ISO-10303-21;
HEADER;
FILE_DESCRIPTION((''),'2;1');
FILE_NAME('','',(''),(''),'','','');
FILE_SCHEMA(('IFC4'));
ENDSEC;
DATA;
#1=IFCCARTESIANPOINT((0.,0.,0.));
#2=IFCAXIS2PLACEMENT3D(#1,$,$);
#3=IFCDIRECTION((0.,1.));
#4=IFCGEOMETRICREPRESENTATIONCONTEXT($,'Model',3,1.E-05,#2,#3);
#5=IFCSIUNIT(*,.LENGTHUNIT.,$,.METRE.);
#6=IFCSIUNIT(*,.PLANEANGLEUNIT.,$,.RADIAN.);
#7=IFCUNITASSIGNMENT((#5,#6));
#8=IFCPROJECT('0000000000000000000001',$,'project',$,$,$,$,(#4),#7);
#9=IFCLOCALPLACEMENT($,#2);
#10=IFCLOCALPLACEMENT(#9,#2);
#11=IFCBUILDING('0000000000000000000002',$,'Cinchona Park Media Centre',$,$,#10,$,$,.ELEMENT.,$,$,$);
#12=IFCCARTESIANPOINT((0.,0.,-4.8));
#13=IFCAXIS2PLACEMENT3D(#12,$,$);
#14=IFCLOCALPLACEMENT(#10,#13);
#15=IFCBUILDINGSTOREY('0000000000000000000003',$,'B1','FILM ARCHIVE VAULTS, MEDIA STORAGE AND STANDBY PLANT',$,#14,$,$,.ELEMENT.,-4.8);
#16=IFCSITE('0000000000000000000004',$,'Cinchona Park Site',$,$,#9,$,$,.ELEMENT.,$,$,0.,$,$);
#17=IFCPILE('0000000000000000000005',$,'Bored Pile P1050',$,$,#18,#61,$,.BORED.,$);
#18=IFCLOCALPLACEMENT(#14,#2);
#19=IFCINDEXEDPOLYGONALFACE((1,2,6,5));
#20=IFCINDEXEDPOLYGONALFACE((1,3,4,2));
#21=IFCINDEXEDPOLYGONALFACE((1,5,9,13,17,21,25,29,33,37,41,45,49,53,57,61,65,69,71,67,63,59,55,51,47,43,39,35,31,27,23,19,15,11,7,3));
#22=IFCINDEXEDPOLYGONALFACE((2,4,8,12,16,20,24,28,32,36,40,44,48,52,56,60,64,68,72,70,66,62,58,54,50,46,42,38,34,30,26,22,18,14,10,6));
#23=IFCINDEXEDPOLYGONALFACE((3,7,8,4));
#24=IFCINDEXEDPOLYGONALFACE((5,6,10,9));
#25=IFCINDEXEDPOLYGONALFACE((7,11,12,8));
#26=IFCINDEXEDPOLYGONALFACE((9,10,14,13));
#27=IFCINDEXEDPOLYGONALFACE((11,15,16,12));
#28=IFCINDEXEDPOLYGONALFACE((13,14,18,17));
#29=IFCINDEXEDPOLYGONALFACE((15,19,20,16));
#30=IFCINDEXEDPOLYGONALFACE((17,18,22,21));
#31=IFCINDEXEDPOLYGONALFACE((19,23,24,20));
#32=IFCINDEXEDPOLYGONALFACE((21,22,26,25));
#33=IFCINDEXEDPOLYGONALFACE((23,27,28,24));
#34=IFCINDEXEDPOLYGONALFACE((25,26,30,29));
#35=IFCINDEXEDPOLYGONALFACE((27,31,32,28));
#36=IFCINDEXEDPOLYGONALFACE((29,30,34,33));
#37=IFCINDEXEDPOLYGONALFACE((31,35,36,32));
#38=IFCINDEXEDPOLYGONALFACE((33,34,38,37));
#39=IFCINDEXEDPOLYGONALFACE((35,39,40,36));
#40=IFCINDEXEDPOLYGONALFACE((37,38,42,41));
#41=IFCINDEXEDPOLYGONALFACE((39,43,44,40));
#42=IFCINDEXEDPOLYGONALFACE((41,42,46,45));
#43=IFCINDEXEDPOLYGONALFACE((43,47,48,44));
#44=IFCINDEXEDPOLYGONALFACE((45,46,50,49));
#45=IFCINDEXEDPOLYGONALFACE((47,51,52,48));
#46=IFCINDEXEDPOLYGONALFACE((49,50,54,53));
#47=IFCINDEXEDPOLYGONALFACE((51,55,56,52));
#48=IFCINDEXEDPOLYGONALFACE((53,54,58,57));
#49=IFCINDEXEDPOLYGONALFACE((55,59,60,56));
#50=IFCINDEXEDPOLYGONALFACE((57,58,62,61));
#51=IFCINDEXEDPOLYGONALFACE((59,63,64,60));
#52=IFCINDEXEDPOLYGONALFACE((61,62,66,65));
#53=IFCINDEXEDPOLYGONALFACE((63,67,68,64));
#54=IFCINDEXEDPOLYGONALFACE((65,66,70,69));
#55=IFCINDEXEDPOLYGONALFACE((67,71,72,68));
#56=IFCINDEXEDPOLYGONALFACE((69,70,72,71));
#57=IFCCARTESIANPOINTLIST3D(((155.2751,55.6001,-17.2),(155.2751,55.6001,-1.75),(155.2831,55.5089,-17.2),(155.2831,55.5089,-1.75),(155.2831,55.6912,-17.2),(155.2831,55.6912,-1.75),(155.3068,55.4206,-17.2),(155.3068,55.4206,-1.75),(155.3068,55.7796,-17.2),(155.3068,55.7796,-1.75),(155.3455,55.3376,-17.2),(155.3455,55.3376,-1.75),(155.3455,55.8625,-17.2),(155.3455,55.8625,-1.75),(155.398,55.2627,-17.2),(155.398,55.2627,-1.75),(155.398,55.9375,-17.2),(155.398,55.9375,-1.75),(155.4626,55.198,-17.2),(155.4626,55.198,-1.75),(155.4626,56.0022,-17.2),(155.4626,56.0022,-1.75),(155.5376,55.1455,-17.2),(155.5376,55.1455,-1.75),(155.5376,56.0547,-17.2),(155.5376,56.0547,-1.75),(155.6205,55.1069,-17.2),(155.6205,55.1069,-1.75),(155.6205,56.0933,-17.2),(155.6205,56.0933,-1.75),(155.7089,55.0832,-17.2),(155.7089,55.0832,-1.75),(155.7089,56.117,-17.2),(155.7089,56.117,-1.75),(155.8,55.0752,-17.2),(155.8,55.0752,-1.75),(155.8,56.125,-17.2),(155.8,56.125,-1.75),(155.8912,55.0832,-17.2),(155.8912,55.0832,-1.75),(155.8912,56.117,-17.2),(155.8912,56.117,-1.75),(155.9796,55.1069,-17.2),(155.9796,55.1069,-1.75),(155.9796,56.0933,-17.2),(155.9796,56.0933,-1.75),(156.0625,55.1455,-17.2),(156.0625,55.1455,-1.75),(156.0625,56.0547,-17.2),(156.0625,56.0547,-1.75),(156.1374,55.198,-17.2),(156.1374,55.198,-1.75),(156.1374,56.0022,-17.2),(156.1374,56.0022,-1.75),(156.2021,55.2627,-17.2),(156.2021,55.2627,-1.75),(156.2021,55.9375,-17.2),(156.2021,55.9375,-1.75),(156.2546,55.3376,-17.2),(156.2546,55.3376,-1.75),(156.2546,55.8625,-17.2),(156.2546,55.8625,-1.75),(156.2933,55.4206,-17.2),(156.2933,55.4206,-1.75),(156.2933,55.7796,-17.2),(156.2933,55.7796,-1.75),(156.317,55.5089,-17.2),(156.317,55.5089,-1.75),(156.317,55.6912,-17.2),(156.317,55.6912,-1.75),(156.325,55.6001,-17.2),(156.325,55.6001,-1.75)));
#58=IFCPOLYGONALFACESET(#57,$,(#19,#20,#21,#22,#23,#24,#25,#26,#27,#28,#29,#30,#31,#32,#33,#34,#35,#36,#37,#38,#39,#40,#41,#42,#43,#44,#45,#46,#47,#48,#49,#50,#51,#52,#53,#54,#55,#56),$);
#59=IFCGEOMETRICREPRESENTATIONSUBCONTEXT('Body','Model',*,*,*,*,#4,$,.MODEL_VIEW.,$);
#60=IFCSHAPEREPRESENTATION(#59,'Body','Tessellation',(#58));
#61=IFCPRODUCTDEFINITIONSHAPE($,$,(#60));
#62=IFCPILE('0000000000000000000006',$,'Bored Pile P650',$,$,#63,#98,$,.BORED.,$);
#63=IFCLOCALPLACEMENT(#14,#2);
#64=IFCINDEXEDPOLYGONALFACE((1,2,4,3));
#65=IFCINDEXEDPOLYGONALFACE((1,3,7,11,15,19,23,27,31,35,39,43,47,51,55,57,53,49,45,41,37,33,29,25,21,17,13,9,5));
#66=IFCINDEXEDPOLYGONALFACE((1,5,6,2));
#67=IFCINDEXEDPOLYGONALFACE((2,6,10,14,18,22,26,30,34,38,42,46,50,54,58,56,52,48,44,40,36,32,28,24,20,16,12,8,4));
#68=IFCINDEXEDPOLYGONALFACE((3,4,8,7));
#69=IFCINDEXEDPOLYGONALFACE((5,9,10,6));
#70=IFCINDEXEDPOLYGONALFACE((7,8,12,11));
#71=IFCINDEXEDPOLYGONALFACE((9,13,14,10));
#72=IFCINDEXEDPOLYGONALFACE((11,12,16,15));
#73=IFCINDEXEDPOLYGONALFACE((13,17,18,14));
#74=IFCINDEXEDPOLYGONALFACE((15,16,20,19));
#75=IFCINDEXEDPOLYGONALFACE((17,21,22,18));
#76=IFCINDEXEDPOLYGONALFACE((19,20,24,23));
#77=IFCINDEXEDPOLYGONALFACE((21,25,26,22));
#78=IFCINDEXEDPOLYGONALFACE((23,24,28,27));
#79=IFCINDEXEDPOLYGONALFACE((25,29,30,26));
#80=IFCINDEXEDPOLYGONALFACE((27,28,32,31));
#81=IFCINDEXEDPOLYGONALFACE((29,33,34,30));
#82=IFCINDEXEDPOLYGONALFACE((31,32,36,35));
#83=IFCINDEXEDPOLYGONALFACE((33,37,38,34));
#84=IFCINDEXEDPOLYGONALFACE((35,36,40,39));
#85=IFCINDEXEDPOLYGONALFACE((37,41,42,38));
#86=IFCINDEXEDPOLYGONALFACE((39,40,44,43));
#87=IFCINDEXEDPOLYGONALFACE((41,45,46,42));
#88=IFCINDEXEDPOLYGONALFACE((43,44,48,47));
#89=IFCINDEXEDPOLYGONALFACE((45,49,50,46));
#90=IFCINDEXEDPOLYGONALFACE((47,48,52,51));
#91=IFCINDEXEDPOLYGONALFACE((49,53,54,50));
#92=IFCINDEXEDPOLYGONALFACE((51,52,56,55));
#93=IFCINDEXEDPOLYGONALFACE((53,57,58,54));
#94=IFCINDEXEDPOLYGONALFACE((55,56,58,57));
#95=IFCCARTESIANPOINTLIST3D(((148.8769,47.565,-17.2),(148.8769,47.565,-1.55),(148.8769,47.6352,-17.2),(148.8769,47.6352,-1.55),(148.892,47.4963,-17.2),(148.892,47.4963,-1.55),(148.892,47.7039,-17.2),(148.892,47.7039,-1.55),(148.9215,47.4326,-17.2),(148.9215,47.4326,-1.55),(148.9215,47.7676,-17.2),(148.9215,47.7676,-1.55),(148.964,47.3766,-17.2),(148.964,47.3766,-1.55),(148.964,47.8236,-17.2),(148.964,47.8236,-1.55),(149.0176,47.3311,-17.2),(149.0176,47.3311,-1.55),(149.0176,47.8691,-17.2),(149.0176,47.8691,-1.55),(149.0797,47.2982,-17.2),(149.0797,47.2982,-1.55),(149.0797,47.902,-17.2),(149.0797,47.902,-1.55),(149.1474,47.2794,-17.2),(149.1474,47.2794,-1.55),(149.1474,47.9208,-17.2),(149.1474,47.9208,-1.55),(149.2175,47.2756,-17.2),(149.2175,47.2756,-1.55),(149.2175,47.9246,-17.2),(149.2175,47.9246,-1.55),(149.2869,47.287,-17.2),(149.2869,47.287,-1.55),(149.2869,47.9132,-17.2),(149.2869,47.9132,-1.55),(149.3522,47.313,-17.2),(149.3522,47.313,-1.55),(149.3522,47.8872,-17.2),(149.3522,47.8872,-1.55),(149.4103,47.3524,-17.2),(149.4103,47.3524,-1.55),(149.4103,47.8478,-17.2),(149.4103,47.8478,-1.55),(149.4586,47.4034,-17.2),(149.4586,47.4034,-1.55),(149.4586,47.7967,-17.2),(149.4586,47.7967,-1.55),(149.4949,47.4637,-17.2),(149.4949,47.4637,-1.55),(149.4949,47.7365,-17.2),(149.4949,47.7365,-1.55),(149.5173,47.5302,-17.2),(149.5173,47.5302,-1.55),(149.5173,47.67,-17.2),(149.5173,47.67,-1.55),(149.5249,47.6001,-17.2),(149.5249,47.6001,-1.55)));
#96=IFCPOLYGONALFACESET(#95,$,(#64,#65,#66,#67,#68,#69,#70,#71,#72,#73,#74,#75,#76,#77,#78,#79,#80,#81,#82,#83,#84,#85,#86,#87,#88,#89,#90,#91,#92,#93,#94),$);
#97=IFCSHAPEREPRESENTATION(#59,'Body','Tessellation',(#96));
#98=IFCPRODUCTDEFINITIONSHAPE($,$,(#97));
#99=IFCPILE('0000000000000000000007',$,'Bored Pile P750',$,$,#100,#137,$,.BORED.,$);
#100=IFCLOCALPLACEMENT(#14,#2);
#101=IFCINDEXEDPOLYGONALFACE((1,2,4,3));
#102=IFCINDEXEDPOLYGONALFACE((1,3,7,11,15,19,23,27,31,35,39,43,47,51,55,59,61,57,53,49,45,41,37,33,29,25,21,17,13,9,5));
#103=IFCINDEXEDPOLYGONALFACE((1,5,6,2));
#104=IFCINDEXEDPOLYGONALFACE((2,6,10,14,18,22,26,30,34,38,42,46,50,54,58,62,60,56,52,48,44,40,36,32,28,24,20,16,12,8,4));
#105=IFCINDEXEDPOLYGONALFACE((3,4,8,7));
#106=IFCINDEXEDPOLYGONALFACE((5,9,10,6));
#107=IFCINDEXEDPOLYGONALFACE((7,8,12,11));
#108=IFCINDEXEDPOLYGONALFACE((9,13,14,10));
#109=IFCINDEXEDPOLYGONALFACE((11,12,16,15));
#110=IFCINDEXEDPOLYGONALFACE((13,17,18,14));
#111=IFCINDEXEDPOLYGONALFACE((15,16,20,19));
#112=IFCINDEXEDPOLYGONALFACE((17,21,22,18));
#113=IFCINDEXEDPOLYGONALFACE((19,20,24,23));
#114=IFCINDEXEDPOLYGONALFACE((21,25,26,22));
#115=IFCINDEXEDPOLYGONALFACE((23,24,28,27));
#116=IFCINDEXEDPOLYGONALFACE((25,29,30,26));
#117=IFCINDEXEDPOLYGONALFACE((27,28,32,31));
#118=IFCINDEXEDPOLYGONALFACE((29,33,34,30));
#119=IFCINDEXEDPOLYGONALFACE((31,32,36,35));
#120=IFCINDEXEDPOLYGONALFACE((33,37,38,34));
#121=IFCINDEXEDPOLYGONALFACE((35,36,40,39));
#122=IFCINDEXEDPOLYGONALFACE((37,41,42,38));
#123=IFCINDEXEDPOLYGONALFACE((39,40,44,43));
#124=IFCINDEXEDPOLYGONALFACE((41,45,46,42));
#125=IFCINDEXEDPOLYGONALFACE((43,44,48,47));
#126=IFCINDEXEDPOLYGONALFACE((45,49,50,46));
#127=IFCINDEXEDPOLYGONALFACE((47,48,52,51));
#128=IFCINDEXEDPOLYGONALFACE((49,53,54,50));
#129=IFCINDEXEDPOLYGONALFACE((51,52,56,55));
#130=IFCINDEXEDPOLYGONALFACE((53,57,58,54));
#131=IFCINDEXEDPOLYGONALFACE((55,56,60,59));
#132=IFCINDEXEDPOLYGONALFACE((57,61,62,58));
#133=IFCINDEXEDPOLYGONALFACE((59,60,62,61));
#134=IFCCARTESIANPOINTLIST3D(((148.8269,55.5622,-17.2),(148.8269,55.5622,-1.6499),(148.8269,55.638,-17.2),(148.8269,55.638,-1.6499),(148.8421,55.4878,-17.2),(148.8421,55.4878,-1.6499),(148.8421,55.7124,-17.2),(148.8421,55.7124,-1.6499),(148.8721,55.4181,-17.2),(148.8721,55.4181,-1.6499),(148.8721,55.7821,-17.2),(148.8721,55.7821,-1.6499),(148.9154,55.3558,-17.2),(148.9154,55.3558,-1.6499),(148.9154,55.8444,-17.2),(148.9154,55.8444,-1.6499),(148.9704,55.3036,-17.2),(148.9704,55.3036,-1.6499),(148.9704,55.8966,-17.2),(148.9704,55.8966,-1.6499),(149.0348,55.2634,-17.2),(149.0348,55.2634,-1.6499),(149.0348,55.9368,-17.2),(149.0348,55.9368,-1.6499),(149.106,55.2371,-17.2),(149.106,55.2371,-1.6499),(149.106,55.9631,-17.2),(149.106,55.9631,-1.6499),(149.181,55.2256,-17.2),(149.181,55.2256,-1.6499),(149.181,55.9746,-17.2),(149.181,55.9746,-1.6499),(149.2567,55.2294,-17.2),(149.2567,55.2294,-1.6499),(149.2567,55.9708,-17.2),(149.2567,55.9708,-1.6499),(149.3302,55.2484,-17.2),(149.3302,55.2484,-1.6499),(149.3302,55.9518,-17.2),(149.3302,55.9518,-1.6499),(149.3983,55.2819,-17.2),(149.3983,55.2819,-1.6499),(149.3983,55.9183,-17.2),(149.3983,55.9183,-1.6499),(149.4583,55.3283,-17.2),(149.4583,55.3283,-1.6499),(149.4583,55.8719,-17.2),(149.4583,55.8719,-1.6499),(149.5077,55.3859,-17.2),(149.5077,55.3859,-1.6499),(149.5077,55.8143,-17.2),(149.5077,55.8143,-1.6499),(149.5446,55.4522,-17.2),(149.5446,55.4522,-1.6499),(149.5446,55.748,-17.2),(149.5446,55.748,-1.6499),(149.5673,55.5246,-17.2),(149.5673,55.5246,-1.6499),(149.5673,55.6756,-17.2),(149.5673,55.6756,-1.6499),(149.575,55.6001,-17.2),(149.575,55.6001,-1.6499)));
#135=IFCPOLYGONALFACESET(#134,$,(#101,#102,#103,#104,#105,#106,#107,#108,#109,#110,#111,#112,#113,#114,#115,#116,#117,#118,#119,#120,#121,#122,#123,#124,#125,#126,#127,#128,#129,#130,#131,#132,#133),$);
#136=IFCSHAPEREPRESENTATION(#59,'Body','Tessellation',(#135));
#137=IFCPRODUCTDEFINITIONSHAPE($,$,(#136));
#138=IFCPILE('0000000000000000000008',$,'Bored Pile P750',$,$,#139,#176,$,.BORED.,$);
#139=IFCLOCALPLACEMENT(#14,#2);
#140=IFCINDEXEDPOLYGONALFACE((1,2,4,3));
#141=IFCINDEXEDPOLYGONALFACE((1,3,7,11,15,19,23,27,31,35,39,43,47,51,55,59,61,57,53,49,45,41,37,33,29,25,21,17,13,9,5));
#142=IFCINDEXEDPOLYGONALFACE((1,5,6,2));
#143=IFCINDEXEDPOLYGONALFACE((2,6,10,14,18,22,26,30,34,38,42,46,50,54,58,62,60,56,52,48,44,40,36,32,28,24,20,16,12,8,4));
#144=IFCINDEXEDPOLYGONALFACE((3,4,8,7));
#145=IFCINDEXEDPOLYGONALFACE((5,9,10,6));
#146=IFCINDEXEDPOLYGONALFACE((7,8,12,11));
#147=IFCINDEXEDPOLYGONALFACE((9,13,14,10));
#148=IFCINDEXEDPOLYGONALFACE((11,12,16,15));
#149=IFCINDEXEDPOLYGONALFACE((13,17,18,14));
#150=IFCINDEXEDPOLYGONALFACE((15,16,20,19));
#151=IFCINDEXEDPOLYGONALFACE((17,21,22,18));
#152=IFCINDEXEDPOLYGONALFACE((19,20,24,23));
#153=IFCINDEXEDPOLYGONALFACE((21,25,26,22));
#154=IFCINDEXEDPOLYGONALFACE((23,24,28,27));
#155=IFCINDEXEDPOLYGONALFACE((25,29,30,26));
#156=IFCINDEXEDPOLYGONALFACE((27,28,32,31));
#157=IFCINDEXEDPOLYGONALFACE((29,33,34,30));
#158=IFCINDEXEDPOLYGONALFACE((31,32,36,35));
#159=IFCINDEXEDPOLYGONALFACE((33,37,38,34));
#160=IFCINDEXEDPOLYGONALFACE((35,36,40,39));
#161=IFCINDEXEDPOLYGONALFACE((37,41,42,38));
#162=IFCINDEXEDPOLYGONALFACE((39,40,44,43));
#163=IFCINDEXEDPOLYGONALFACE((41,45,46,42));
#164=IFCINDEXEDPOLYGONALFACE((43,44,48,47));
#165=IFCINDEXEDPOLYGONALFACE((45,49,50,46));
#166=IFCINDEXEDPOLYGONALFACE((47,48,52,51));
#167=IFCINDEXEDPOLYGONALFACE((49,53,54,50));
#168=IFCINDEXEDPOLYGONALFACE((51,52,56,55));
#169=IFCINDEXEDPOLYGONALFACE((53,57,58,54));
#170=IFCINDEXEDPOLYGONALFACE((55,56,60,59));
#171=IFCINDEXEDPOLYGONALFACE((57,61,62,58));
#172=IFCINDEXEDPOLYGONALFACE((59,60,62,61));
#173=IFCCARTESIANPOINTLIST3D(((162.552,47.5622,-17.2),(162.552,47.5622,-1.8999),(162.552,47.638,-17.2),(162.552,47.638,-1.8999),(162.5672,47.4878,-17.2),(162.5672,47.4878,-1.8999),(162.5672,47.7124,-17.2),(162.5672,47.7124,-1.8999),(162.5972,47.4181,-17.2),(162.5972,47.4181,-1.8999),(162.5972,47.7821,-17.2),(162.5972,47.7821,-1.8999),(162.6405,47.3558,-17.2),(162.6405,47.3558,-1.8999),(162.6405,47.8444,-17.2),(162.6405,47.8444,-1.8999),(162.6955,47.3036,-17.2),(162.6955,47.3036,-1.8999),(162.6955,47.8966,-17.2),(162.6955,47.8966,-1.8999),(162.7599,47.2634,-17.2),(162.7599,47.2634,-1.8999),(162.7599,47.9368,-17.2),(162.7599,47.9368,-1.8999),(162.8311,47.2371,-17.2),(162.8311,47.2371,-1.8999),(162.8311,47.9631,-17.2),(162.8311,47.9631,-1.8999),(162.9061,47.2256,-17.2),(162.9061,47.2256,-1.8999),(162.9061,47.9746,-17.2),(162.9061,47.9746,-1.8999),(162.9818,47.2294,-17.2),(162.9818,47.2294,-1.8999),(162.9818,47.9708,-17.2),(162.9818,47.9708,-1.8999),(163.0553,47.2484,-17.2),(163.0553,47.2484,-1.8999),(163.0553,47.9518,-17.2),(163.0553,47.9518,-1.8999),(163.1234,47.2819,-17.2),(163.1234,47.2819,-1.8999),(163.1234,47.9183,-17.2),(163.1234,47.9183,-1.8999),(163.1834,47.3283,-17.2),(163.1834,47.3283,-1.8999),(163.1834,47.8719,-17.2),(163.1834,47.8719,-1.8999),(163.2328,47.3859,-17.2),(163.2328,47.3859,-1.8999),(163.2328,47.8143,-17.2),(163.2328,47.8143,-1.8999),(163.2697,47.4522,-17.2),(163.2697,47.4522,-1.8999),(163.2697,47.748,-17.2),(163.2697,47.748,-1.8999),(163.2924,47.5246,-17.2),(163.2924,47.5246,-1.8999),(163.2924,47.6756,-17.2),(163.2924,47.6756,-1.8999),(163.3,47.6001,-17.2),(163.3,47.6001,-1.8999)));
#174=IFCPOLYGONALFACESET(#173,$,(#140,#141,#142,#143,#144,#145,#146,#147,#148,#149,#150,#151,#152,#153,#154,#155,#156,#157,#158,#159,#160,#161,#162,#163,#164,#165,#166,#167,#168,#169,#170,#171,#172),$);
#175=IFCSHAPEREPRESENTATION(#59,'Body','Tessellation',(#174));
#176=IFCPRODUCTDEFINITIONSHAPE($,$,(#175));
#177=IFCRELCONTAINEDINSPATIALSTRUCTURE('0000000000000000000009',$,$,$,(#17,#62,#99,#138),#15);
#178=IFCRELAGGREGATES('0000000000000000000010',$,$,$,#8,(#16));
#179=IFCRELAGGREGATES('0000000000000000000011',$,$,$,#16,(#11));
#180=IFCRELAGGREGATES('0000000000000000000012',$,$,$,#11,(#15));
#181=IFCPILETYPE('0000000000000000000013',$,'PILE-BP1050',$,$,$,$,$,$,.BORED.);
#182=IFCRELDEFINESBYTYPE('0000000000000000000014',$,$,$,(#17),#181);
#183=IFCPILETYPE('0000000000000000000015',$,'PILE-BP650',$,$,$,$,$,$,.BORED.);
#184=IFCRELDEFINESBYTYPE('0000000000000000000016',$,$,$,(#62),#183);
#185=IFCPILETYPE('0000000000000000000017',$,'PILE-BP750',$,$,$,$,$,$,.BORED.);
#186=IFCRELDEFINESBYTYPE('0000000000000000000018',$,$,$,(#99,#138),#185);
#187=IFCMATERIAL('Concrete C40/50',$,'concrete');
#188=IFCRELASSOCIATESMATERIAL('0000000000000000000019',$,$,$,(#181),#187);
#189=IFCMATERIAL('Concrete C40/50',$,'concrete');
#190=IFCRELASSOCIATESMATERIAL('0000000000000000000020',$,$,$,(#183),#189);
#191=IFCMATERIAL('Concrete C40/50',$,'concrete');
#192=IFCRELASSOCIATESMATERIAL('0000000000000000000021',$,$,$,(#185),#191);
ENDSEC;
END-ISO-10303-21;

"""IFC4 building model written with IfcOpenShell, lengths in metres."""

from ifc_helpers import new_model, si_unit, direction, frame, origin, origin_2d, place, context, subcontext, project, spatial, circle, extrude, material, material_profile, profile_set, type_object, element, save


model = new_model("IFC4")

# Units and contexts
model_context = context("Model", 3, precision=1e-05, world=origin(), true_north=direction((0.0, 1.0)))
body_context = subcontext(model_context, "Body", "Model", "MODEL_VIEW")
ifc_project = project(units=[si_unit("LENGTHUNIT", "METRE"), si_unit("PLANEANGLEUNIT", "RADIAN")], contexts=[model_context])

# Site, building, storey
site_placement = place(None, origin())
site = spatial("IfcSite", under=ifc_project, at=site_placement, Name="Cinchona Park Site", CompositionType="ELEMENT", RefElevation=0.0)
building_placement = place(site_placement, origin())
building = spatial("IfcBuilding", under=site, at=building_placement, Name="Cinchona Park Media Centre", CompositionType="ELEMENT")
storey_placement = place(building_placement, frame((0.0, 0.0, -4.8)))
storey = spatial("IfcBuildingStorey", under=building, at=storey_placement, Name="B1", Description="FILM ARCHIVE VAULTS, MEDIA STORAGE AND STANDBY PLANT", CompositionType="ELEMENT", Elevation=-4.8)

# Piles
ifc_material_1 = material(Name="Concrete C40/50", Category="concrete")
ifc_material_profile_1 = material_profile(ifc_material_1, circle(Radius=0.5249, at=origin_2d()), Name="BORED PILE 1050")
ifc_profile_set_1 = profile_set([ifc_material_profile_1], Name="Concrete C40/50")
pile_type_1 = type_object("IfcPileType", Name="PILE-BP1050", PredefinedType="BORED", material=ifc_profile_set_1)
pile_1_placement = place(storey_placement, frame((155.8, 55.6001, -1.75), z_axis=(0.0, 0.0, -1.0), x_axis=(1.0, 0.0, 0.0)))
element("IfcPile", 1, at=pile_1_placement, inside=storey, type_object=pile_type_1, Name="Bored Pile P1050", PredefinedType="BORED", context=body_context, shape_type="SweptSolid", body=[
    extrude(circle(Radius=0.5249, at=origin_2d()), origin(), (0.0, 0.0, 1.0), 15.45),
])
ifc_material_2 = material(Name="Concrete C40/50", Category="concrete")
ifc_material_profile_2 = material_profile(ifc_material_2, circle(Radius=0.325, at=origin_2d()), Name="BORED PILE 650")
ifc_profile_set_2 = profile_set([ifc_material_profile_2], Name="Concrete C40/50")
pile_type_2 = type_object("IfcPileType", Name="PILE-BP650", PredefinedType="BORED", material=ifc_profile_set_2)
pile_2_placement = place(storey_placement, frame((149.2, 47.6001, -1.55), z_axis=(0.0, 0.0, -1.0), x_axis=(1.0, 0.0, 0.0)))
element("IfcPile", 2, at=pile_2_placement, inside=storey, type_object=pile_type_2, Name="Bored Pile P650", PredefinedType="BORED", context=body_context, shape_type="SweptSolid", body=[
    extrude(circle(Radius=0.325, at=origin_2d()), origin(), (0.0, 0.0, 1.0), 15.6499),
])
ifc_material_3 = material(Name="Concrete C40/50", Category="concrete")
ifc_material_profile_3 = material_profile(ifc_material_3, circle(Radius=0.375, at=origin_2d()), Name="BORED PILE 750")
ifc_profile_set_3 = profile_set([ifc_material_profile_3], Name="Concrete C40/50")
pile_type_3 = type_object("IfcPileType", Name="PILE-BP750", PredefinedType="BORED", material=ifc_profile_set_3)
pile_3_placement = place(storey_placement, frame((149.2, 55.6001, -1.6499), z_axis=(0.0, 0.0, -1.0), x_axis=(1.0, 0.0, 0.0)))
element("IfcPile", 3, at=pile_3_placement, inside=storey, type_object=pile_type_3, Name="Bored Pile P750", PredefinedType="BORED", context=body_context, shape_type="SweptSolid", body=[
    extrude(circle(Radius=0.375, at=origin_2d()), origin(), (0.0, 0.0, 1.0), 15.55),
])
pile_4_placement = place(storey_placement, frame((162.925, 47.6001, -1.8999), z_axis=(0.0, 0.0, -1.0), x_axis=(1.0, 0.0, 0.0)))
element("IfcPile", 4, at=pile_4_placement, inside=storey, type_object=pile_type_3, Name="Bored Pile P750", PredefinedType="BORED", context=body_context, shape_type="SweptSolid", body=[
    extrude(circle(Radius=0.375, at=origin_2d()), origin(), (0.0, 0.0, 1.0), 15.3),
])

save(model, "model.ifc")
